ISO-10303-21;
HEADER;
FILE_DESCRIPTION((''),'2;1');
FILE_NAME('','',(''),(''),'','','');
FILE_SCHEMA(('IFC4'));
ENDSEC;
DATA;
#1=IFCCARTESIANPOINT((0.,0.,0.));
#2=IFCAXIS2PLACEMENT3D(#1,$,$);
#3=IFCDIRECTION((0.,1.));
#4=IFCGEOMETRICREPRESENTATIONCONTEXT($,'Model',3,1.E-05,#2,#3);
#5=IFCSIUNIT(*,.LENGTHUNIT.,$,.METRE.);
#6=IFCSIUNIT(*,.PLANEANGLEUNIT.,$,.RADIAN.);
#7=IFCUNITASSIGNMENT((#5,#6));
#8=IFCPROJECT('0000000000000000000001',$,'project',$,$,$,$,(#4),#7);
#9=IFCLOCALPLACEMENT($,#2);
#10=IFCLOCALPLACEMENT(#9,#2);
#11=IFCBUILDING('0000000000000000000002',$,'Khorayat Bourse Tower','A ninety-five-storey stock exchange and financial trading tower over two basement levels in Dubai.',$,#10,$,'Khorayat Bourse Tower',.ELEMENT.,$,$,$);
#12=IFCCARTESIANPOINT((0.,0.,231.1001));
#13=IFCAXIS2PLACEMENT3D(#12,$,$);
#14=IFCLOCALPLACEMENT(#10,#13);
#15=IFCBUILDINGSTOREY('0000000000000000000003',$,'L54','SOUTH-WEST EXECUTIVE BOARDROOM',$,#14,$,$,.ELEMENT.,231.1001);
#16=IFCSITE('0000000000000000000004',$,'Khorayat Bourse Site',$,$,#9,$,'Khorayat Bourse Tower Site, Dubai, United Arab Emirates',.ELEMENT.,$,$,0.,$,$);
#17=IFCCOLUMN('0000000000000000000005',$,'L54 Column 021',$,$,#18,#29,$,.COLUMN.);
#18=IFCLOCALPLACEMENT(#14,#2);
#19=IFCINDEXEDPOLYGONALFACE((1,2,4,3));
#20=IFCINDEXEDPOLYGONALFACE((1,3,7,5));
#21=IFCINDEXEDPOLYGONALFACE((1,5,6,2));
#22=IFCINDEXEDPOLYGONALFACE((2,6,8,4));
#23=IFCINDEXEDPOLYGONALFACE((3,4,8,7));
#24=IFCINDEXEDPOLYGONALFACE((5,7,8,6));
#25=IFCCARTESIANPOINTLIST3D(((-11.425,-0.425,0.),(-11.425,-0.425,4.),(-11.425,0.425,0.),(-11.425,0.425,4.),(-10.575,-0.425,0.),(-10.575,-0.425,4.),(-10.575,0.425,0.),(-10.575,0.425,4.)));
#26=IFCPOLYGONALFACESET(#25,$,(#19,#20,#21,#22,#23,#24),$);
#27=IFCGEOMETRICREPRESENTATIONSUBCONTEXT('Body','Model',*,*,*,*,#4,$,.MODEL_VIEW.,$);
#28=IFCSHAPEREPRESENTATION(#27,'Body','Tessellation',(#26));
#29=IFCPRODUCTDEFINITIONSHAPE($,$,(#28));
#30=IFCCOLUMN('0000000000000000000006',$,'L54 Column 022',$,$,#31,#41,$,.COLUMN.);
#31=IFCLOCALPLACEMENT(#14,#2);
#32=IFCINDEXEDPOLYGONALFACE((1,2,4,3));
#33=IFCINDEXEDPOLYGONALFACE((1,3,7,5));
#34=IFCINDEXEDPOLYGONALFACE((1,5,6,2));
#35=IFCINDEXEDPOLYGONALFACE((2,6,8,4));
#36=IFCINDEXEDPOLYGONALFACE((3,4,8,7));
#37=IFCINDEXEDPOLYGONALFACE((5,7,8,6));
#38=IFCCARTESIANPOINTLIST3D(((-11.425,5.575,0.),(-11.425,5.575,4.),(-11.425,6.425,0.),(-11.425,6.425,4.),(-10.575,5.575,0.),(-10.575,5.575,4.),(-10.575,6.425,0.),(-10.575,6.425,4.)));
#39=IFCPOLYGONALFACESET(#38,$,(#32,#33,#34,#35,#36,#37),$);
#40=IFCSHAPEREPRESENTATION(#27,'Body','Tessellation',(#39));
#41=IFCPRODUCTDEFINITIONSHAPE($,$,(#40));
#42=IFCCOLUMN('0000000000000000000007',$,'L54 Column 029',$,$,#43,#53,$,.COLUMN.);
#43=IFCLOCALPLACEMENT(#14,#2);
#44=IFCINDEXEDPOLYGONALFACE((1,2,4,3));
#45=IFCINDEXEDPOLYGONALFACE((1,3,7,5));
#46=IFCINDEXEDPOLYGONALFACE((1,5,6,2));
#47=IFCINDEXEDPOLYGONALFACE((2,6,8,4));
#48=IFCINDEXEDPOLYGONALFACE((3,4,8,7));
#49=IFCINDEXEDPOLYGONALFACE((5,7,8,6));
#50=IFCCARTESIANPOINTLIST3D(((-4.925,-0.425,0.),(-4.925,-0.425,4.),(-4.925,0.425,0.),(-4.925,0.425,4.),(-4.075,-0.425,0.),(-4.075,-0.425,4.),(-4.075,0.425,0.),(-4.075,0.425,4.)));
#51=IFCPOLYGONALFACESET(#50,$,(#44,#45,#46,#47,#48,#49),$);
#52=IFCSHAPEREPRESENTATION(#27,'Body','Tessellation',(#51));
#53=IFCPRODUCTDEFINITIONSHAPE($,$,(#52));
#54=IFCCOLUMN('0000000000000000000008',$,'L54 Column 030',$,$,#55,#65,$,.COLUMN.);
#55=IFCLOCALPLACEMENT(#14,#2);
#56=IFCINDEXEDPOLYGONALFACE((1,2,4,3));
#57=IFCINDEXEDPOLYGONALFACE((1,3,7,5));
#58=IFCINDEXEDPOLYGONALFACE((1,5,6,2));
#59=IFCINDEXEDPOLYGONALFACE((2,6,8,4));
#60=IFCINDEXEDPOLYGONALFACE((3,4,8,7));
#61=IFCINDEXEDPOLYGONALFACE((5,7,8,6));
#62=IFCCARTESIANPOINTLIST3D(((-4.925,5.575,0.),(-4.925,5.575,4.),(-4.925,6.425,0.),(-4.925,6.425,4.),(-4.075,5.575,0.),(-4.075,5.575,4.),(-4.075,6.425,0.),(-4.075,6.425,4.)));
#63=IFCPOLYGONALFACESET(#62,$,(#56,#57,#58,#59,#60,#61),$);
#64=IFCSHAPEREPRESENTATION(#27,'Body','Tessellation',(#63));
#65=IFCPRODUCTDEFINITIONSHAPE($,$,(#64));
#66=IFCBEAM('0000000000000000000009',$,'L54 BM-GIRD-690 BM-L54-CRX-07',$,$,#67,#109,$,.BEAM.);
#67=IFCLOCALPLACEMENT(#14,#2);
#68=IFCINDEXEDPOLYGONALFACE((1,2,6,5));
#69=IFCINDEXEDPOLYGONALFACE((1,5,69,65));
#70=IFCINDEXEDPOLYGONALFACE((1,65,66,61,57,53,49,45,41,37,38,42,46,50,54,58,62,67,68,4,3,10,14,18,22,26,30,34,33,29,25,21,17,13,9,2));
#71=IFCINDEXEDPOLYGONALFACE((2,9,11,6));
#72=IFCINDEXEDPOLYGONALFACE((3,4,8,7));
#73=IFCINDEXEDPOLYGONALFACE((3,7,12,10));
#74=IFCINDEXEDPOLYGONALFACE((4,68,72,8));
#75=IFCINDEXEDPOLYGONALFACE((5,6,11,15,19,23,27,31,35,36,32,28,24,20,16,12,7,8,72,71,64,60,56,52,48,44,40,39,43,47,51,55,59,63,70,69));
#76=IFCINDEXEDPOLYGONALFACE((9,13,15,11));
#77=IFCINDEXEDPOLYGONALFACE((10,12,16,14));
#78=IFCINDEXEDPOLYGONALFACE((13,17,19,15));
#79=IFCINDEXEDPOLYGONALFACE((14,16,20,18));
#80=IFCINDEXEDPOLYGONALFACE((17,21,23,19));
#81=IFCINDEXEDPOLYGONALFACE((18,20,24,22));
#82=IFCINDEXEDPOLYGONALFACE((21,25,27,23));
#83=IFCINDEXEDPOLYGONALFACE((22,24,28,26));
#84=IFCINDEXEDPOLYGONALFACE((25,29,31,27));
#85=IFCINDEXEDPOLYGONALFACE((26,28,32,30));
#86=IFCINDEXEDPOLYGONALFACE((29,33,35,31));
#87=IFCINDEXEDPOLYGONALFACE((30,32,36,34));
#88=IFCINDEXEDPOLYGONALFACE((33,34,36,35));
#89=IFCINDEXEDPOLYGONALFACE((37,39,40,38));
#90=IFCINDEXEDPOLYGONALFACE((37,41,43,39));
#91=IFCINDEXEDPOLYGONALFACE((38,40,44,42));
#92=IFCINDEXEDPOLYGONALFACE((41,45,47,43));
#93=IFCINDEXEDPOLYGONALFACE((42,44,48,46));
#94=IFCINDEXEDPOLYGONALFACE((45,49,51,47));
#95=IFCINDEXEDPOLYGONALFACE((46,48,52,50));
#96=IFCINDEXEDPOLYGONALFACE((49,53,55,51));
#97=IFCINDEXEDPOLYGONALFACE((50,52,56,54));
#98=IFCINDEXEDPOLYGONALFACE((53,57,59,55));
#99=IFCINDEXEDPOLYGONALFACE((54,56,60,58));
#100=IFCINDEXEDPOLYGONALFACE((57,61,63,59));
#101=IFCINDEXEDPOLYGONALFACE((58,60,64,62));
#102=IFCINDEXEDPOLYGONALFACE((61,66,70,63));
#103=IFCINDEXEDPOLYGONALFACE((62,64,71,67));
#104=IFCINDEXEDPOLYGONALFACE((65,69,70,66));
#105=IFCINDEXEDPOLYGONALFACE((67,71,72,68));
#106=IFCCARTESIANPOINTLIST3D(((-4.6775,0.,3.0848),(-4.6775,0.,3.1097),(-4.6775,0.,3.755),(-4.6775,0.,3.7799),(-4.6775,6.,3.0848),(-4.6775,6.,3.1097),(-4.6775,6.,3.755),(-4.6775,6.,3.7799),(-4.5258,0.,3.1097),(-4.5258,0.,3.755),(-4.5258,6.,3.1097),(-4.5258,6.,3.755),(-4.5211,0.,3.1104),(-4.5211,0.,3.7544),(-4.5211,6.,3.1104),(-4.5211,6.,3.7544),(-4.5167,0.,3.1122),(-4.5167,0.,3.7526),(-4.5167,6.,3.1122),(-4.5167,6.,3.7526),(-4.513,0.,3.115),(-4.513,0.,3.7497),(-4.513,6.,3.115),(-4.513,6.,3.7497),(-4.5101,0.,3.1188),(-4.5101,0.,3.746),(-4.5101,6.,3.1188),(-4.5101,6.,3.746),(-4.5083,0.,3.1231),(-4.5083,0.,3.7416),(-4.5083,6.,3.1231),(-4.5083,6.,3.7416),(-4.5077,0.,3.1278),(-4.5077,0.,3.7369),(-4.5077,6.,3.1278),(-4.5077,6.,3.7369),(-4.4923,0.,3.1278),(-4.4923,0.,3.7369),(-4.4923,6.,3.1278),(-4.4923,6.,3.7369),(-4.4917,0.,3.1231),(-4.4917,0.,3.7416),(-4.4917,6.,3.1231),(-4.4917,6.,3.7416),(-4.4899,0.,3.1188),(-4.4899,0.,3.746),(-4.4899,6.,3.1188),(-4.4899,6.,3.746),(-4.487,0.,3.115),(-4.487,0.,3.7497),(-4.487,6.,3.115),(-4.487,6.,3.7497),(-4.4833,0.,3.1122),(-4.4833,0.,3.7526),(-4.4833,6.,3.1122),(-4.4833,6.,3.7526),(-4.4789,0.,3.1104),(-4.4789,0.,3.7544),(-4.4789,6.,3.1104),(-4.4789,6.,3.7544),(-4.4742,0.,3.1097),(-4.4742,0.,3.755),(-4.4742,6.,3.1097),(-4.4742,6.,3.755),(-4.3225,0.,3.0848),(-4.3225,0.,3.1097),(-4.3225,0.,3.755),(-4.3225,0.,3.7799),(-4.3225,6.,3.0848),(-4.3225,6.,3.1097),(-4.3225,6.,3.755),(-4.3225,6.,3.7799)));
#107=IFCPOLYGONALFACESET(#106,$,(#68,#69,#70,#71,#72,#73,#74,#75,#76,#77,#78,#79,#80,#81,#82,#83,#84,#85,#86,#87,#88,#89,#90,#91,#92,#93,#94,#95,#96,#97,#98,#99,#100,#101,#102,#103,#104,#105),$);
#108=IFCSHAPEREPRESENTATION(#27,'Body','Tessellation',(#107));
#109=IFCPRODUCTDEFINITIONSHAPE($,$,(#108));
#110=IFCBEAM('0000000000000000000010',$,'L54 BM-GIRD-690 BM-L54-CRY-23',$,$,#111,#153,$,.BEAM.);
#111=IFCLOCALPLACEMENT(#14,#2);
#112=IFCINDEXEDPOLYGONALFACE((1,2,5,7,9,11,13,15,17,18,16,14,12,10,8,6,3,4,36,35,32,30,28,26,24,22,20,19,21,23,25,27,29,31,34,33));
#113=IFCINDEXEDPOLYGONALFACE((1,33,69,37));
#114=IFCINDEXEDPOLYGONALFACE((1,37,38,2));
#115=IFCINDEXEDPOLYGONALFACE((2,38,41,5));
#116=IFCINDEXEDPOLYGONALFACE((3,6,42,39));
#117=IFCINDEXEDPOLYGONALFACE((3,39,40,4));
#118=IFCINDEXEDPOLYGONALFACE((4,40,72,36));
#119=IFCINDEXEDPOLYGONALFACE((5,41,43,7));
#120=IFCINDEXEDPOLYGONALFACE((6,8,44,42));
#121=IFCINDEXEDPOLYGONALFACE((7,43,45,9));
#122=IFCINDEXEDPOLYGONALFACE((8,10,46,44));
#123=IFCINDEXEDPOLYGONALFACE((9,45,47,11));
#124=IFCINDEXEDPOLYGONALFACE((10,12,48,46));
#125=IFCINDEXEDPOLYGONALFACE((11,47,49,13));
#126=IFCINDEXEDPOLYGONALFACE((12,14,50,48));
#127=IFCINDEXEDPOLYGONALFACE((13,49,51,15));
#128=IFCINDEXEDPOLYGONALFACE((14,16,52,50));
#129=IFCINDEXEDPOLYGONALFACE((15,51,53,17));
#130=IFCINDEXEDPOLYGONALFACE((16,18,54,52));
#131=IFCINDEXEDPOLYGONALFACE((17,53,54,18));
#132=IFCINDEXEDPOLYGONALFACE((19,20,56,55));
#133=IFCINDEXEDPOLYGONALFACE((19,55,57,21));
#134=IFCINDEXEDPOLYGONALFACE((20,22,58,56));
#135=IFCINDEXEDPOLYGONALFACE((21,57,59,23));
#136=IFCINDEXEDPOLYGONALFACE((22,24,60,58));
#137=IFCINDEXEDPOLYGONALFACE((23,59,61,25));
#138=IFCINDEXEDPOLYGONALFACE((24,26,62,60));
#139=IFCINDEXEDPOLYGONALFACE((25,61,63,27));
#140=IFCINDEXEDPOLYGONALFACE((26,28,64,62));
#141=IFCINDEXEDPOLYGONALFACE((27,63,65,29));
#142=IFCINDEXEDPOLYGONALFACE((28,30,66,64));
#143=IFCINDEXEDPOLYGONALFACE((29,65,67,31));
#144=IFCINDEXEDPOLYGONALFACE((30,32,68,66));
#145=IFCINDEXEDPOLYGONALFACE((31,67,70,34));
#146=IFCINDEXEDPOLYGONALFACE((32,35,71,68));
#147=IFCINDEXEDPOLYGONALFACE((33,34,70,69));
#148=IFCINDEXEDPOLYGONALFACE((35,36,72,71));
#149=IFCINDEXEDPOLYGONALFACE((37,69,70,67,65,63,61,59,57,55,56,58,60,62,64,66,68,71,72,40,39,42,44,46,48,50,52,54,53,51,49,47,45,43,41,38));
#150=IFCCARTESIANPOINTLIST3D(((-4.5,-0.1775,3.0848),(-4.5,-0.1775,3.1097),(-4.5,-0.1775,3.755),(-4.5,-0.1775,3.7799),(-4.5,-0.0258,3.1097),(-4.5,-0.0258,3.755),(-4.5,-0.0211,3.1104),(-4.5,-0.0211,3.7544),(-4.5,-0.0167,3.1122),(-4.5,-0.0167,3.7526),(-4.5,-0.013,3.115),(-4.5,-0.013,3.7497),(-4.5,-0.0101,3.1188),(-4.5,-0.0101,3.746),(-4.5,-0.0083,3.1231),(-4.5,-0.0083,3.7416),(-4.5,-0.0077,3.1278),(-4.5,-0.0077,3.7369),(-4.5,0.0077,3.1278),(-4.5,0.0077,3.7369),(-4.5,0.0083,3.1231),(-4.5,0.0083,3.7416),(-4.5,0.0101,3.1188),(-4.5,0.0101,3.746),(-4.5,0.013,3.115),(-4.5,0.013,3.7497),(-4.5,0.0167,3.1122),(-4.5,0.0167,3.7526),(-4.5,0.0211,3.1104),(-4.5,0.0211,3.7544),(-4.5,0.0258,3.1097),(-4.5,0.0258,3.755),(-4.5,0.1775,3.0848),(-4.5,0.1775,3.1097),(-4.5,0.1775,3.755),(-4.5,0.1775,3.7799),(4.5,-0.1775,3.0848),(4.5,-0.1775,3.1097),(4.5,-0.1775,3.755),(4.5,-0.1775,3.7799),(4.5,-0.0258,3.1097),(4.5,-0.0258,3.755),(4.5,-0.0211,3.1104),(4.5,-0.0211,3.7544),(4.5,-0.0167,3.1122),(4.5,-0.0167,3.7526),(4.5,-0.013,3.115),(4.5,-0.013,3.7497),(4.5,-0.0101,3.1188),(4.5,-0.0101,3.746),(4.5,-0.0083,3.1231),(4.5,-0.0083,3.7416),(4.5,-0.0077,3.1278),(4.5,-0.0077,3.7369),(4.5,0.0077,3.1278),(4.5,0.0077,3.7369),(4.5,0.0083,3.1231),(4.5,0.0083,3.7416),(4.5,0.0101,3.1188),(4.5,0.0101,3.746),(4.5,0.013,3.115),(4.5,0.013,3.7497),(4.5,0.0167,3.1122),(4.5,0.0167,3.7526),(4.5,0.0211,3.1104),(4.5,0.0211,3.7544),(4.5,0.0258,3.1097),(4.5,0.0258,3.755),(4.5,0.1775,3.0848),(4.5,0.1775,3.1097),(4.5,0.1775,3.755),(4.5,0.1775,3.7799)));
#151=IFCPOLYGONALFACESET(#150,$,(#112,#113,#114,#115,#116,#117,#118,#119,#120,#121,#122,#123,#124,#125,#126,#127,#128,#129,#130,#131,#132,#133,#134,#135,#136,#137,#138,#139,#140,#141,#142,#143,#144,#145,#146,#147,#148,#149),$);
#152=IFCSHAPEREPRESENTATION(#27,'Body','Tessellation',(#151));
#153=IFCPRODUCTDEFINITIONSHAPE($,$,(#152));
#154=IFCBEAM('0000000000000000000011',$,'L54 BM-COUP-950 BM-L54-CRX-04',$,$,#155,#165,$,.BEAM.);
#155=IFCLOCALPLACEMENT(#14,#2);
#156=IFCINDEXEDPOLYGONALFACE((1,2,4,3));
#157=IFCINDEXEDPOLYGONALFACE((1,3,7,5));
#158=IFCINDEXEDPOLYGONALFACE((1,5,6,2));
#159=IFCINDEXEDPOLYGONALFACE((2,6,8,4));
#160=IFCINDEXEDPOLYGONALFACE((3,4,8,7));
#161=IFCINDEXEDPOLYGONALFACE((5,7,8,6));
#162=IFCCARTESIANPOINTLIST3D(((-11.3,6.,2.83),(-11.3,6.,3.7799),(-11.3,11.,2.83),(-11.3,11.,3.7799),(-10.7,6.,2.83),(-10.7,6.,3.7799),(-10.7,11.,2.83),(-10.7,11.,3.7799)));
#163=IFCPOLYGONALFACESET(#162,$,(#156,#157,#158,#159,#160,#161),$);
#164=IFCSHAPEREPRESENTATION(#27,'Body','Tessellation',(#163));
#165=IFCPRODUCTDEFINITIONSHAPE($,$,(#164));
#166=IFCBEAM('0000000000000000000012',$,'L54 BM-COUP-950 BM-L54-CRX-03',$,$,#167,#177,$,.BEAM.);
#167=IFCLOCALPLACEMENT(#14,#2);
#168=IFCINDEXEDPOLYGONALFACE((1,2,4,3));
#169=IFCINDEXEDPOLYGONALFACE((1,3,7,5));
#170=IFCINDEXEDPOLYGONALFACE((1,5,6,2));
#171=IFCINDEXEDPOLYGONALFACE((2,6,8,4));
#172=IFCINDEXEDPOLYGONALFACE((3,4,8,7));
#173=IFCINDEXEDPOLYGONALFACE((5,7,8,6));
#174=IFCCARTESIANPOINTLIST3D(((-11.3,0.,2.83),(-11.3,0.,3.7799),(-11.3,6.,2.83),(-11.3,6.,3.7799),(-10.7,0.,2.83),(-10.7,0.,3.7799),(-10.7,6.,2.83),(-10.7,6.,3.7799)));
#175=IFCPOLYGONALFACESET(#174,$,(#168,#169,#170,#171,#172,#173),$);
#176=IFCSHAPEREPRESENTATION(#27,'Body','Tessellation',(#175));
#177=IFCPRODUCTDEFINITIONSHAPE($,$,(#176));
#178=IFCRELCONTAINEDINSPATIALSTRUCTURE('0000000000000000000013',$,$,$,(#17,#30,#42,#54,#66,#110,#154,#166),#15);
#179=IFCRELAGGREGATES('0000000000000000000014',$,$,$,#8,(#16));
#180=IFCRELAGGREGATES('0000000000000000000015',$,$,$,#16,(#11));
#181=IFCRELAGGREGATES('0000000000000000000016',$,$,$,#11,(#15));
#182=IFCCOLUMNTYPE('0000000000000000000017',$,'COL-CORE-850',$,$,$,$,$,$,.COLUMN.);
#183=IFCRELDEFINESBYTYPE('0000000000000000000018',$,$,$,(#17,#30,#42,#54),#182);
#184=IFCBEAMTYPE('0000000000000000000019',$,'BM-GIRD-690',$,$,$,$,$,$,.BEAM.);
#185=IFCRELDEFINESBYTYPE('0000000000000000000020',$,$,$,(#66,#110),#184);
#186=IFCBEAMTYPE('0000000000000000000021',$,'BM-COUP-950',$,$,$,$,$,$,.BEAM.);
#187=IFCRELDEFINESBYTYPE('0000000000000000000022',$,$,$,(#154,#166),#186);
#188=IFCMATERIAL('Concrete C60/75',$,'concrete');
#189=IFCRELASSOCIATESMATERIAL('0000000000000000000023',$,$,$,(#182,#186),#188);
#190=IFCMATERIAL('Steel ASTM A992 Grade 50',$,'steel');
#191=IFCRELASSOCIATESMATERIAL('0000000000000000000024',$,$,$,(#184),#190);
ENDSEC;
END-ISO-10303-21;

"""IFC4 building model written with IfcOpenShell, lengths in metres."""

from ifc_helpers import new_model, si_unit, direction, frame, origin, origin_2d, place, context, subcontext, project, spatial, rectangle, i_section, extrude, source, transform, mapped, material, material_profile, profile_set, type_object, element, save


model = new_model("IFC4")

# Units and contexts
model_context = context("Model", 3, precision=1e-05, world=origin(), true_north=direction((0.0, 1.0)))
body_context = subcontext(model_context, "Body", "Model", "MODEL_VIEW")
ifc_project = project(units=[si_unit("LENGTHUNIT", "METRE"), si_unit("PLANEANGLEUNIT", "RADIAN")], contexts=[model_context])

# Site, building, storey
site_placement = place(None, origin())
site = spatial("IfcSite", under=ifc_project, at=site_placement, Name="Khorayat Bourse Site", LongName="Khorayat Bourse Tower Site, Dubai, United Arab Emirates", CompositionType="ELEMENT", RefElevation=0.0)
building_placement = place(site_placement, origin())
building = spatial("IfcBuilding", under=site, at=building_placement, Name="Khorayat Bourse Tower", Description="A ninety-five-storey stock exchange and financial trading tower over two basement levels in Dubai.", LongName="Khorayat Bourse Tower", CompositionType="ELEMENT")
storey_placement = place(building_placement, frame((0.0, 0.0, 231.1001)))
storey = spatial("IfcBuildingStorey", under=building, at=storey_placement, Name="L54", Description="SOUTH-WEST EXECUTIVE BOARDROOM", CompositionType="ELEMENT", Elevation=231.1001)

# Columns
ifc_material_1 = material(Name="Concrete C60/75", Category="concrete")
ifc_material_profile_1 = material_profile(ifc_material_1, rectangle(XDim=0.8501, YDim=0.8501, at=origin_2d()), Name="RC 850x850")
ifc_profile_set_1 = profile_set([ifc_material_profile_1], Name="Concrete C60/75")
column_type = type_object("IfcColumnType", Name="COL-CORE-850", PredefinedType="COLUMN", material=ifc_profile_set_1)
shared_shape_1 = source(origin(), body_context, "Body", "SweptSolid", [
    extrude(rectangle(XDim=0.8501, YDim=0.8501, at=origin_2d()), origin(), (0.0, 0.0, 1.0), 4.0),
])
for number, where, z_axis, x_axis, name in (
    (1, (-11.0, 0.0, 0.0), (0.0, 0.0, 1.0), (1.0, 0.0, 0.0), "L54 Column 021"),
    (2, (-11.0, 6.0, 0.0), (0.0, 0.0, 1.0), (1.0, 0.0, 0.0), "L54 Column 022"),
    (3, (-4.5, 0.0, 0.0), (0.0, 0.0, 1.0), (1.0, 0.0, 0.0), "L54 Column 029"),
    (4, (-4.5, 6.0, 0.0), (0.0, 0.0, 1.0), (1.0, 0.0, 0.0), "L54 Column 030"),
):
    element("IfcColumn", number, at=place(storey_placement, frame(where, z_axis=z_axis, x_axis=x_axis)), inside=storey, type_object=column_type, Name=name, PredefinedType="COLUMN", context=body_context, shape_type="MappedRepresentation", body=[
        mapped(shared_shape_1, transform((0.0, 0.0, 0.0), scale=1.0)),
    ])

# Beams
ifc_material_2 = material(Name="Steel ASTM A992 Grade 50", Category="steel")
ifc_material_profile_2 = material_profile(ifc_material_2, i_section(OverallWidth=0.355, OverallDepth=0.6951, WebThickness=0.0154, FlangeThickness=0.0249, FilletRadius=0.0181, at=origin_2d()), Name="W690X217")
ifc_profile_set_2 = profile_set([ifc_material_profile_2], Name="Steel ASTM A992 Grade 50")
beam_type_1 = type_object("IfcBeamType", Name="BM-GIRD-690", PredefinedType="BEAM", material=ifc_profile_set_2)
shared_shape_2 = source(origin(), body_context, "Body", "SweptSolid", [
    extrude(i_section(OverallWidth=0.355, OverallDepth=0.6951, WebThickness=0.0154, FlangeThickness=0.0249, FilletRadius=0.0181, at=origin_2d()), origin(), (0.0, 0.0, 1.0), 6.0),
])
beam_1_placement = place(storey_placement, frame((-4.5, 0.0, 3.4324), z_axis=(0.0, 1.0, 0.0), x_axis=(-1.0, 0.0, 0.0)))
element("IfcBeam", 5, at=beam_1_placement, inside=storey, type_object=beam_type_1, Name="L54 BM-GIRD-690 BM-L54-CRX-07", PredefinedType="BEAM", context=body_context, shape_type="MappedRepresentation", body=[
    mapped(shared_shape_2, transform((0.0, 0.0, 0.0), scale=1.0)),
])
shared_shape_3 = source(origin(), body_context, "Body", "SweptSolid", [
    extrude(i_section(OverallWidth=0.355, OverallDepth=0.6951, WebThickness=0.0154, FlangeThickness=0.0249, FilletRadius=0.0181, at=origin_2d()), origin(), (0.0, 0.0, 1.0), 9.0),
])
beam_2_placement = place(storey_placement, frame((-4.5, 0.0, 3.4324), z_axis=(1.0, 0.0, 0.0), x_axis=(0.0, 1.0, 0.0)))
element("IfcBeam", 6, at=beam_2_placement, inside=storey, type_object=beam_type_1, Name="L54 BM-GIRD-690 BM-L54-CRY-23", PredefinedType="BEAM", context=body_context, shape_type="MappedRepresentation", body=[
    mapped(shared_shape_3, transform((0.0, 0.0, 0.0), scale=1.0)),
])
ifc_material_profile_3 = material_profile(ifc_material_1, rectangle(XDim=0.6001, YDim=0.95, at=origin_2d()), Name="RC 600x950")
ifc_profile_set_3 = profile_set([ifc_material_profile_3], Name="Concrete C60/75")
beam_type_2 = type_object("IfcBeamType", Name="BM-COUP-950", PredefinedType="BEAM", material=ifc_profile_set_3)
shared_shape_4 = source(origin(), body_context, "Body", "SweptSolid", [
    extrude(rectangle(XDim=0.6001, YDim=0.95, at=origin_2d()), origin(), (0.0, 0.0, 1.0), 5.0),
])
beam_3_placement = place(storey_placement, frame((-11.0, 6.0, 3.3049), z_axis=(0.0, 1.0, 0.0), x_axis=(-1.0, 0.0, 0.0)))
element("IfcBeam", 7, at=beam_3_placement, inside=storey, type_object=beam_type_2, Name="L54 BM-COUP-950 BM-L54-CRX-04", PredefinedType="BEAM", context=body_context, shape_type="MappedRepresentation", body=[
    mapped(shared_shape_4, transform((0.0, 0.0, 0.0), scale=1.0)),
])
shared_shape_5 = source(origin(), body_context, "Body", "SweptSolid", [
    extrude(rectangle(XDim=0.6001, YDim=0.95, at=origin_2d()), origin(), (0.0, 0.0, 1.0), 6.0),
])
beam_4_placement = place(storey_placement, frame((-11.0, 0.0, 3.3049), z_axis=(0.0, 1.0, 0.0), x_axis=(-1.0, 0.0, 0.0)))
element("IfcBeam", 8, at=beam_4_placement, inside=storey, type_object=beam_type_2, Name="L54 BM-COUP-950 BM-L54-CRX-03", PredefinedType="BEAM", context=body_context, shape_type="MappedRepresentation", body=[
    mapped(shared_shape_5, transform((0.0, 0.0, 0.0), scale=1.0)),
])

save(model, "model.ifc")
